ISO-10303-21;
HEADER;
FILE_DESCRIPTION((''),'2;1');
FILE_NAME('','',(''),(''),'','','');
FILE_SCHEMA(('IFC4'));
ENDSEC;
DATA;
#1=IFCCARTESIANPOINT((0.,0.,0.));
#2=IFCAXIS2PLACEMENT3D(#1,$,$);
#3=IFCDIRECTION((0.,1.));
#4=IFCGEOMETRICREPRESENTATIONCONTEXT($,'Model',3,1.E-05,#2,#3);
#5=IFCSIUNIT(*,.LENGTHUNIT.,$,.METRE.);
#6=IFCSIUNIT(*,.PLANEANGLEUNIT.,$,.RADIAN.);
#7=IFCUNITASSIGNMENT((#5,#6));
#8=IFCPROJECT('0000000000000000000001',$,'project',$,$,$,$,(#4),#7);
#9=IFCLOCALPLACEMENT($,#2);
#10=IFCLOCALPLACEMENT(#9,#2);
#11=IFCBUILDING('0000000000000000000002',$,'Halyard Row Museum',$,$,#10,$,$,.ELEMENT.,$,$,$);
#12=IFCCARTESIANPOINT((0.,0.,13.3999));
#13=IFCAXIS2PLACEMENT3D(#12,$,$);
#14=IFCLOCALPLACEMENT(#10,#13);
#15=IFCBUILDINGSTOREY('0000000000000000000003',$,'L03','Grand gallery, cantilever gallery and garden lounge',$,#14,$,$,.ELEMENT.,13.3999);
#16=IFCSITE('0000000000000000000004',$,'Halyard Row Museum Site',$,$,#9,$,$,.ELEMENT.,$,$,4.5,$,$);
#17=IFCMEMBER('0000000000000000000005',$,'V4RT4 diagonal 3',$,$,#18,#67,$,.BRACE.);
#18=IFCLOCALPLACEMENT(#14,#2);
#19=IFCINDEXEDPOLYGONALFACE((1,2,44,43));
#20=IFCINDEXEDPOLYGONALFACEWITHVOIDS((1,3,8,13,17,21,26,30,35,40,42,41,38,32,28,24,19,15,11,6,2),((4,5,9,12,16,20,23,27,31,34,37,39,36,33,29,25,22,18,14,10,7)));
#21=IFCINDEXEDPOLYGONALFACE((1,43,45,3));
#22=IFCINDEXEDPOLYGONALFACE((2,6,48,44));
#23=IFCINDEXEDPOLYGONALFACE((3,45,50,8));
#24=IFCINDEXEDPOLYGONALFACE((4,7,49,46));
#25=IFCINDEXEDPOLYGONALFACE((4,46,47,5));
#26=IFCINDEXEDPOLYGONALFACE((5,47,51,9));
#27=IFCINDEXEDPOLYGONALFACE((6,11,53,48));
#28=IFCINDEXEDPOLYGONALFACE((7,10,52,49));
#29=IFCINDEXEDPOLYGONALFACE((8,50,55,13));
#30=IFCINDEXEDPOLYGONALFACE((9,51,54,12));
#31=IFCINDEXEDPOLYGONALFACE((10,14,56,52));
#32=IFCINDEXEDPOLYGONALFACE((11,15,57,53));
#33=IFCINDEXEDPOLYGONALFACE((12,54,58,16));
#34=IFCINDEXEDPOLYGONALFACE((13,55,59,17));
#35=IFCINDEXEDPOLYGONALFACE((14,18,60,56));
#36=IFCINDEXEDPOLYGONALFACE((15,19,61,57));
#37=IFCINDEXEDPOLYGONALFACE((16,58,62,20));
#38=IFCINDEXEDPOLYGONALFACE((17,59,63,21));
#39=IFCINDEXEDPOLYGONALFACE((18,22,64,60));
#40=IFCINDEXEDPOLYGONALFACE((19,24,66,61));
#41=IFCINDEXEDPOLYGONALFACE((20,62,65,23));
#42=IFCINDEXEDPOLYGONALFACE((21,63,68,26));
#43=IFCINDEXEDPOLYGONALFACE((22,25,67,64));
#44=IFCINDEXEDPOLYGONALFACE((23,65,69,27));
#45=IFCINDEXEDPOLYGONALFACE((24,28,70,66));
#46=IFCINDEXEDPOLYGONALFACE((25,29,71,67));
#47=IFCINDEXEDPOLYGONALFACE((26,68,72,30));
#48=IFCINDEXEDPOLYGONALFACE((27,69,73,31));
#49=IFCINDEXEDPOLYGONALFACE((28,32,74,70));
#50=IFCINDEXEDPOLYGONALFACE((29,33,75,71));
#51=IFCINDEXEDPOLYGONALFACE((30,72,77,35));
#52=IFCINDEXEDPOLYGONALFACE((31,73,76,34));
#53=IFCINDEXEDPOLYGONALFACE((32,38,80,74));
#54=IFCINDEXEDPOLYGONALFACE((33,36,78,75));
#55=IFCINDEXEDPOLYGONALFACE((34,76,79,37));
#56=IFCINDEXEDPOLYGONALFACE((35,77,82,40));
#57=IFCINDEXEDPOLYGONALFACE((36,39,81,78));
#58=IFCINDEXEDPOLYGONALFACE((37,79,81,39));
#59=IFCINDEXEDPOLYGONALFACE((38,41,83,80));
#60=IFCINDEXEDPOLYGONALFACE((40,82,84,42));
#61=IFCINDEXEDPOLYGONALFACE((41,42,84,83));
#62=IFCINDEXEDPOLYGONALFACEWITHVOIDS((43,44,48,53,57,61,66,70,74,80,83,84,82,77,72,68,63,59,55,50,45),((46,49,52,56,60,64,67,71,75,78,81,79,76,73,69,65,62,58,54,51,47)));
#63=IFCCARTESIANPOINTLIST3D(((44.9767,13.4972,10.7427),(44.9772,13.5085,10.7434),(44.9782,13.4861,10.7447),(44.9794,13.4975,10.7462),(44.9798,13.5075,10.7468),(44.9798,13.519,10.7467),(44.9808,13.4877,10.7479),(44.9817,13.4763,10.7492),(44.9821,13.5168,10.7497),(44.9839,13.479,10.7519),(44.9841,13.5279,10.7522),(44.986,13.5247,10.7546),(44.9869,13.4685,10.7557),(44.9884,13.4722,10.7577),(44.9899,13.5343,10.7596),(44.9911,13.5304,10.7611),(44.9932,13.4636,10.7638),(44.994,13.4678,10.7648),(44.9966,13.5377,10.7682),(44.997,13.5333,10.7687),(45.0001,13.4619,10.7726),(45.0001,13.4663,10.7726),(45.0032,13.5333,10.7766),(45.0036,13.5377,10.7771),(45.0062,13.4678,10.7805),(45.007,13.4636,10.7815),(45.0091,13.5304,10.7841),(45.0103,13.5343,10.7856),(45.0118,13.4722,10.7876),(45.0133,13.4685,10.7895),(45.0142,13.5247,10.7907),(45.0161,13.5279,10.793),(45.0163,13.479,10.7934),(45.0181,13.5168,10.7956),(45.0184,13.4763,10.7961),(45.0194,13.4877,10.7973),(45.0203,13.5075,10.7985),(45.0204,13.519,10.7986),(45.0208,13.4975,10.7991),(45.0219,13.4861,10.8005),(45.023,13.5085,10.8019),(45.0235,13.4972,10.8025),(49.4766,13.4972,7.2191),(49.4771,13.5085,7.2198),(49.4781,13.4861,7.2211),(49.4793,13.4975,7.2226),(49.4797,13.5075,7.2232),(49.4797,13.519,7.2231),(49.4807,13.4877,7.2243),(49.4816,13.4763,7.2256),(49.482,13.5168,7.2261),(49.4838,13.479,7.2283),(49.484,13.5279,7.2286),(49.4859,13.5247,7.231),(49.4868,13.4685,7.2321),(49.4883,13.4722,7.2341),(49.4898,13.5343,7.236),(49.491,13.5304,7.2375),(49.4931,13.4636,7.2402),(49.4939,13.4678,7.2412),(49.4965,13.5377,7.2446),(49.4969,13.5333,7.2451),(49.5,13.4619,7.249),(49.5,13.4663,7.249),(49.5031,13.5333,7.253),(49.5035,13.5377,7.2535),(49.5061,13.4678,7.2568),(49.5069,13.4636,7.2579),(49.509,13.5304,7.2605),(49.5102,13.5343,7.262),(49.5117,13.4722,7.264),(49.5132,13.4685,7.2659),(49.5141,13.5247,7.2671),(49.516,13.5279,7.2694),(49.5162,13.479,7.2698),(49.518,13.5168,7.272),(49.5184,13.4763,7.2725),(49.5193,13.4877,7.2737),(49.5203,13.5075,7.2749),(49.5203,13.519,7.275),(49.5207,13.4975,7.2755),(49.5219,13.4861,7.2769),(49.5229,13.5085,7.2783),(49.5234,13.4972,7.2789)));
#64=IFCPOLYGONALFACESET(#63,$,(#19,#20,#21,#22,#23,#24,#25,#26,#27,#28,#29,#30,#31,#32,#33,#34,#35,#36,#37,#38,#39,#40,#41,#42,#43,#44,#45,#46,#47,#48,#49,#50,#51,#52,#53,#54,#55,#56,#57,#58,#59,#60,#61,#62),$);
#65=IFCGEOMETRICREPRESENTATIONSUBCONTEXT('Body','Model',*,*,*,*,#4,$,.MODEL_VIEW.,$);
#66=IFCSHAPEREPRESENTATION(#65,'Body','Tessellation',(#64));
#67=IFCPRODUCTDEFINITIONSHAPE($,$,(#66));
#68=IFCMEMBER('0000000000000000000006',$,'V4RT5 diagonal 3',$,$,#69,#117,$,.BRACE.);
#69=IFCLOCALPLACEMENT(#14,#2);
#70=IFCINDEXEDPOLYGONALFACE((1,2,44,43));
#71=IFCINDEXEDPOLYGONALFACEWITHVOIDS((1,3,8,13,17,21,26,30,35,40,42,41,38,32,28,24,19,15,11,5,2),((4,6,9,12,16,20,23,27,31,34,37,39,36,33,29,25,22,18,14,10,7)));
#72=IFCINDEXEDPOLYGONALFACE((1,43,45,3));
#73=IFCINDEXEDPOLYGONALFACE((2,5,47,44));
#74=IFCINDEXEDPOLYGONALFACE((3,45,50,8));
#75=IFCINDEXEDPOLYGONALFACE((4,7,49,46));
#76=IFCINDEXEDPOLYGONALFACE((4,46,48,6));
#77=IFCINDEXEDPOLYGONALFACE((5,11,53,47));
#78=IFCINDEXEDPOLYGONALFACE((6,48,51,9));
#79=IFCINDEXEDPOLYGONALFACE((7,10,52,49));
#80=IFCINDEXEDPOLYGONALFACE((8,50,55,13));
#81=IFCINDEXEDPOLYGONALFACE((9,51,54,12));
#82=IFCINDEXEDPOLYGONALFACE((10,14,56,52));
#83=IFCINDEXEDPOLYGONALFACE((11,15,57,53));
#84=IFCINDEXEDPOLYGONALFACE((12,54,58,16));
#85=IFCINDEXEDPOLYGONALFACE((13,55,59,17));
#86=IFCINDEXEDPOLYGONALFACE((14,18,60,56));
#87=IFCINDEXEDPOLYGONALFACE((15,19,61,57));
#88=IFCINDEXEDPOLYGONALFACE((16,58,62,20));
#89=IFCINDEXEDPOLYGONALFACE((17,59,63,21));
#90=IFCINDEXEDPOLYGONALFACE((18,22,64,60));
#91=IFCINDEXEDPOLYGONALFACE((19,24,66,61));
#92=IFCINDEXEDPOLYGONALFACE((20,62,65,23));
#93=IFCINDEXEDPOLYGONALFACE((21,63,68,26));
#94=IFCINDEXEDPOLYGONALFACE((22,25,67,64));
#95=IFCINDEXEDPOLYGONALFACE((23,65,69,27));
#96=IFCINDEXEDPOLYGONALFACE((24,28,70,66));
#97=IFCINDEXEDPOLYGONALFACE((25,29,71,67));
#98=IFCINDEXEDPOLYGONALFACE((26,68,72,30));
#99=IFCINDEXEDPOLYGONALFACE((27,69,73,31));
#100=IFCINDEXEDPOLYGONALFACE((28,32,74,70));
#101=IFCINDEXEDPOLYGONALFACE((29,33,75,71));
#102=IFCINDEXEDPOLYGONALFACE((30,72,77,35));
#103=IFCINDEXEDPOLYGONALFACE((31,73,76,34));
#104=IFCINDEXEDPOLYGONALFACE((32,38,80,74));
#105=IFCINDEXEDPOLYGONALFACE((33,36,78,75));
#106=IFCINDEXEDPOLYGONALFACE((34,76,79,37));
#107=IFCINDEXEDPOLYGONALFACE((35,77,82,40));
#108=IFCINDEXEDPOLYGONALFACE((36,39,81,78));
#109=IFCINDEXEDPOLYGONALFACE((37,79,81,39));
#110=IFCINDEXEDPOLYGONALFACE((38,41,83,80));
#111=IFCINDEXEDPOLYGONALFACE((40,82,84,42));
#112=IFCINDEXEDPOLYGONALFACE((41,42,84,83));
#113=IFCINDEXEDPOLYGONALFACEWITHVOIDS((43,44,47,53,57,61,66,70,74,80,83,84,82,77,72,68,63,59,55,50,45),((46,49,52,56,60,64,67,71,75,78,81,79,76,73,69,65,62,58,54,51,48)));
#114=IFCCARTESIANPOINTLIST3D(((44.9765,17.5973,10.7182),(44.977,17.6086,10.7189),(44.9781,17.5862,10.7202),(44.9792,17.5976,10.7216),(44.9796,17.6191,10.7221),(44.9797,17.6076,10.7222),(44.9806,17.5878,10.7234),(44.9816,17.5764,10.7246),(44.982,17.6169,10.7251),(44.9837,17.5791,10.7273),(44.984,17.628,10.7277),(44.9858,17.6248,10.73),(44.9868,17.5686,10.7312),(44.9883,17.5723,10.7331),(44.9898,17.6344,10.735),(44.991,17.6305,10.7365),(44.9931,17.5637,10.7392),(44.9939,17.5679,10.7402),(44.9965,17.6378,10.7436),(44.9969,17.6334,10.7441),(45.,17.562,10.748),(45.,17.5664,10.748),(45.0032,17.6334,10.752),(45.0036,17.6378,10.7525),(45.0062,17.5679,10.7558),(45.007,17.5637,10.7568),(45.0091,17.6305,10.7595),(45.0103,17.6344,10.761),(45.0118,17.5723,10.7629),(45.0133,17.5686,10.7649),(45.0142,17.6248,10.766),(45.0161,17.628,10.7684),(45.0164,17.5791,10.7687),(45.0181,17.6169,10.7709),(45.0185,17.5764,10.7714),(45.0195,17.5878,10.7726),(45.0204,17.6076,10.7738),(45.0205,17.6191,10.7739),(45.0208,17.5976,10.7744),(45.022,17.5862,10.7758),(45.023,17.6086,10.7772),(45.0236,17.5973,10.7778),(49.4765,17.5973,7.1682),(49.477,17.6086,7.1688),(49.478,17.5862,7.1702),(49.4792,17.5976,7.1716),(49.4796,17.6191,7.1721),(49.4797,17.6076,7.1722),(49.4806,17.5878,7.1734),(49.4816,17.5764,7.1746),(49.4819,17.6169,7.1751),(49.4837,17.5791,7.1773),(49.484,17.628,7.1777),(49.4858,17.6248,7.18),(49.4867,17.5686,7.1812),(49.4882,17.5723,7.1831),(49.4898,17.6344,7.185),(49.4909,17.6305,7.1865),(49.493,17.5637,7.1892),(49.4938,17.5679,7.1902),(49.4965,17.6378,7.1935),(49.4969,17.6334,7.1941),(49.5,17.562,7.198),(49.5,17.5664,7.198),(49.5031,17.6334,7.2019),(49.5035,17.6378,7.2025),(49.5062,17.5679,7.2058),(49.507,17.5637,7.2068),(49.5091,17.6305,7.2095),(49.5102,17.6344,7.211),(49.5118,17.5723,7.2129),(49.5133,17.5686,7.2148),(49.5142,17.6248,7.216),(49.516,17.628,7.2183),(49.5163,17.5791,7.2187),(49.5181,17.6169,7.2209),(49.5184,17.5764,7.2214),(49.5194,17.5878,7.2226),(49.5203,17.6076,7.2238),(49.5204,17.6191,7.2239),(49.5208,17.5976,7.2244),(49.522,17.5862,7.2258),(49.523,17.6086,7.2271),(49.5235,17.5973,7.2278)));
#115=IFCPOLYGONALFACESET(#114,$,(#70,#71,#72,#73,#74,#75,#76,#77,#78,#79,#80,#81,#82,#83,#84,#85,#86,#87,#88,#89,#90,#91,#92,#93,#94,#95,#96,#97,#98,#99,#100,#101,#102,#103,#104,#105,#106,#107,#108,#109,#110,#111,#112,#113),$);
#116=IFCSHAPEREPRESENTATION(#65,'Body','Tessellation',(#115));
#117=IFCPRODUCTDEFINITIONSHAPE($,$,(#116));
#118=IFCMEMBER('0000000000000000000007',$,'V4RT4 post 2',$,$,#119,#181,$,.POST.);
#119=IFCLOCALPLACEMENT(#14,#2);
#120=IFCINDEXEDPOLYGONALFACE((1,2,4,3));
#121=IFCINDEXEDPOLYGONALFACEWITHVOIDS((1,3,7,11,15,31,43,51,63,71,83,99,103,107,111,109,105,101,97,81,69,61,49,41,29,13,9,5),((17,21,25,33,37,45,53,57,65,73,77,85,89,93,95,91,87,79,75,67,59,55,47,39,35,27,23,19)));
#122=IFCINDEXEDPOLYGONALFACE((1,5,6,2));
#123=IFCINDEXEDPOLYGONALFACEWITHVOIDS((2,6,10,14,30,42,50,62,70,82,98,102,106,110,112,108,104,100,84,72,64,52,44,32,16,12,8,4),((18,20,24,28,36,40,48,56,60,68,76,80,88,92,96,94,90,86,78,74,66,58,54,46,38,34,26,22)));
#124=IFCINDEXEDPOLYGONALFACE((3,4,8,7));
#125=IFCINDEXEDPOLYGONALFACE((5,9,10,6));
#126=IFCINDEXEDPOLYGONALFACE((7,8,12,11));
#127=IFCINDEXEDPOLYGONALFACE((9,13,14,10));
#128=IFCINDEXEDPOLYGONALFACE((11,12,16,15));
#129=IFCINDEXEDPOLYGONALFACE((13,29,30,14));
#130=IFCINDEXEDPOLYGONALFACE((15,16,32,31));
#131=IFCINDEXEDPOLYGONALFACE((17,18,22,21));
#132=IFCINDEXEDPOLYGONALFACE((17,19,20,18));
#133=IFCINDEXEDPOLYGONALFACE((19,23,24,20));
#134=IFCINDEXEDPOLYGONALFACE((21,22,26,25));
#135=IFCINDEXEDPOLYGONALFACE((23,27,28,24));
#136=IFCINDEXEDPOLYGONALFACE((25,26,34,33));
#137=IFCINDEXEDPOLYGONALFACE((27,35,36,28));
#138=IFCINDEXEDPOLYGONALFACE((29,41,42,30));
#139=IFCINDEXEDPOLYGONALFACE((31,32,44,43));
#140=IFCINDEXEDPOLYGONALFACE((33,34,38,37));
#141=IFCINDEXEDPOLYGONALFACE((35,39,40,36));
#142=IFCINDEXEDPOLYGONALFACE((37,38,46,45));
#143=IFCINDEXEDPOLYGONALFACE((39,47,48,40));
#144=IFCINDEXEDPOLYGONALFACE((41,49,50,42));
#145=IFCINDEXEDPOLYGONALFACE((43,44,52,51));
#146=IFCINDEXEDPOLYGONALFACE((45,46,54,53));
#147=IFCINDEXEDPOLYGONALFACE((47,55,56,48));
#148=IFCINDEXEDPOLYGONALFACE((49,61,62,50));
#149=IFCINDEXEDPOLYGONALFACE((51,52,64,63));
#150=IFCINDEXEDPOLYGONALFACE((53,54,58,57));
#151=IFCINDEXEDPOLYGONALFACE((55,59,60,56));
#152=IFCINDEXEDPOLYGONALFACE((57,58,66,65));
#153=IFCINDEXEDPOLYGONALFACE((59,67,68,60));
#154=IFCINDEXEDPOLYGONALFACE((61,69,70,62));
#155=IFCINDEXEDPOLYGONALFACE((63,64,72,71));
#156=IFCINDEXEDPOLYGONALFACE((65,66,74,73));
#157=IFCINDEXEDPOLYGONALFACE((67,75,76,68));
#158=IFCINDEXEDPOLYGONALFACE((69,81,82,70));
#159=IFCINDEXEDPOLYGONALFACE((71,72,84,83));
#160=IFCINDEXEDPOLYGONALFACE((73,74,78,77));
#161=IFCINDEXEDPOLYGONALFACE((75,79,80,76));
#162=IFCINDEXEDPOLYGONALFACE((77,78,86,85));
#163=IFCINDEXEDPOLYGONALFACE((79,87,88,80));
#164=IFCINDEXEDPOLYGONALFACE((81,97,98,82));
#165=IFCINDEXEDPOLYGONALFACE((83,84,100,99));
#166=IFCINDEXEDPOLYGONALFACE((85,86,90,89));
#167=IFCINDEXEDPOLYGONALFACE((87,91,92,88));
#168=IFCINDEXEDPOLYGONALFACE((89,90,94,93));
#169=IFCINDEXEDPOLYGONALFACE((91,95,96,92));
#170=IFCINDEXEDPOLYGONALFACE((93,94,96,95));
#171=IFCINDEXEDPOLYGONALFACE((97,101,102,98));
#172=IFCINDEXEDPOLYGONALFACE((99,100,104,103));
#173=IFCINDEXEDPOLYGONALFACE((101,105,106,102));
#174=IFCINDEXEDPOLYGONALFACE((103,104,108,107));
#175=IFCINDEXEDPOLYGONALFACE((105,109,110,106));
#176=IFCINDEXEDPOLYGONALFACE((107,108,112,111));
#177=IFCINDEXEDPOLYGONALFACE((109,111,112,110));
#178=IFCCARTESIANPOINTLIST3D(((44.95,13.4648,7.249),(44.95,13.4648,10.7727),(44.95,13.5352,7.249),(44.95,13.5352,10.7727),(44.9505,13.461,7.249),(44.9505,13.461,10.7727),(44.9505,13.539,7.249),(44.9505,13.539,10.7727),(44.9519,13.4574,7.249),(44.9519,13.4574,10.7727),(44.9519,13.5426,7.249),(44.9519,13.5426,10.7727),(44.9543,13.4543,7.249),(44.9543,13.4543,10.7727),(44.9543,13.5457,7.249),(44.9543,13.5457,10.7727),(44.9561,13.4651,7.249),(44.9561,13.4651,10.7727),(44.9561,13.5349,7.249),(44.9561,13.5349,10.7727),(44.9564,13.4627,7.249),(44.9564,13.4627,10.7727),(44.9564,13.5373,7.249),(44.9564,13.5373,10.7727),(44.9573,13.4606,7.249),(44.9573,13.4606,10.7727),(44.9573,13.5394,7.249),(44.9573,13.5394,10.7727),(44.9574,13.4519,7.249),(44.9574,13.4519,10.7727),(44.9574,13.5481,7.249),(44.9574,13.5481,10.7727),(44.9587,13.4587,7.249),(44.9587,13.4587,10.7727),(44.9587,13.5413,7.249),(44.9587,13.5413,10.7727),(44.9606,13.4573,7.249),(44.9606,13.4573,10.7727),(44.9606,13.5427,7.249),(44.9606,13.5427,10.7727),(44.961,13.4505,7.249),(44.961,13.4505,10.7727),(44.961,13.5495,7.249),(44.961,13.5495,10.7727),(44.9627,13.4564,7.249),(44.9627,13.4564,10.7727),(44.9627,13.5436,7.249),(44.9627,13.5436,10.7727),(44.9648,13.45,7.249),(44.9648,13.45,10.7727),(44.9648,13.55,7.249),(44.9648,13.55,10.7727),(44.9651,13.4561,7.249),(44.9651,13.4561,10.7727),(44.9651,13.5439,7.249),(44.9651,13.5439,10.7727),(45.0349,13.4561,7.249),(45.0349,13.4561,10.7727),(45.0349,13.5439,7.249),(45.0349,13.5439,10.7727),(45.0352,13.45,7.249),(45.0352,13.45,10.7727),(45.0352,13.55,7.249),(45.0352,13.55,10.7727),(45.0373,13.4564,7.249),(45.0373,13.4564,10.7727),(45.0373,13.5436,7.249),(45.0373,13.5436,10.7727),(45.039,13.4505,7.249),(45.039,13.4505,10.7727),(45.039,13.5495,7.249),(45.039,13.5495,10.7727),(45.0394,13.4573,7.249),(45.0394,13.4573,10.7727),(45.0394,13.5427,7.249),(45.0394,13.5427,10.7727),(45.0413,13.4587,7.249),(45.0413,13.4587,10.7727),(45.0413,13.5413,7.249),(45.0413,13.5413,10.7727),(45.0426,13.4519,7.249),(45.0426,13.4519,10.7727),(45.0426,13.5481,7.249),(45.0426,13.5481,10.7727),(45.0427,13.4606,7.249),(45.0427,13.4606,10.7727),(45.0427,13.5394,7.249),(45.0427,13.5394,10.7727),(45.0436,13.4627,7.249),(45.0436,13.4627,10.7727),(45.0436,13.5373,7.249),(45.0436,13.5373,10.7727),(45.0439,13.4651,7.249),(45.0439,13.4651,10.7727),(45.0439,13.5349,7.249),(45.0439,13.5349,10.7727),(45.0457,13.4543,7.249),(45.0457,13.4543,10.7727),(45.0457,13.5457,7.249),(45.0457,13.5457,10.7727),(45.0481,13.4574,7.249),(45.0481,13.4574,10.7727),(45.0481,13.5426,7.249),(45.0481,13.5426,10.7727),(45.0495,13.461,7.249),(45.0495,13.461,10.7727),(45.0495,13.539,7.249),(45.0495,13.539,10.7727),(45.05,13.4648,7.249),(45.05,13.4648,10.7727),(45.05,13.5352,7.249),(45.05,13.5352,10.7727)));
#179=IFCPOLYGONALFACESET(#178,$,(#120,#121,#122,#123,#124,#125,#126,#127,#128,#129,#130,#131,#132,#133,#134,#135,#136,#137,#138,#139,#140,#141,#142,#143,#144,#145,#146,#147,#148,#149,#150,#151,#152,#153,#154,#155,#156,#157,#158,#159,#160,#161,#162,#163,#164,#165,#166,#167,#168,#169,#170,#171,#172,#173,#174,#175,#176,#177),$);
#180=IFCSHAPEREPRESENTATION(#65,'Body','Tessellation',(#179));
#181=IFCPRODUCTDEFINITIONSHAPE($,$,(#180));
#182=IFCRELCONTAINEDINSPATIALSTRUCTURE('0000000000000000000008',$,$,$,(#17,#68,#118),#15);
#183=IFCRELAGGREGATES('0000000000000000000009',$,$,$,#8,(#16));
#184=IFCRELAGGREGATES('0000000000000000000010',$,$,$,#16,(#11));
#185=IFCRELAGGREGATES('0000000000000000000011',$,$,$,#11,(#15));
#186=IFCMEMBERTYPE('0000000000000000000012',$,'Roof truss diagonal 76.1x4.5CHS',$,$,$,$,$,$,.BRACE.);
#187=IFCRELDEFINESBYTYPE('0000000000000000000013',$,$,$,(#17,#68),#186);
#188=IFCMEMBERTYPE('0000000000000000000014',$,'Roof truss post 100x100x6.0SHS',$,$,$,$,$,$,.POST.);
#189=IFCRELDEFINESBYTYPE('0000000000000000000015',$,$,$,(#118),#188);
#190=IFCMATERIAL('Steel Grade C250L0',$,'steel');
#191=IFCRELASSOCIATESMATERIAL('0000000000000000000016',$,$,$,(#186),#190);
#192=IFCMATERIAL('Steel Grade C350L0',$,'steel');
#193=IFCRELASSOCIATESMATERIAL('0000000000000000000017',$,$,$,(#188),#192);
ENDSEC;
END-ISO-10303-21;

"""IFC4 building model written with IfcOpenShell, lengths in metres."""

from ifc_helpers import new_model, si_unit, direction, frame, origin, origin_2d, place, context, subcontext, project, spatial, hollow_rectangle, hollow_circle, extrude, material, material_profile, profile_set, type_object, element, save


model = new_model("IFC4")

# Units and contexts
model_context = context("Model", 3, precision=1e-05, world=origin(), true_north=direction((0.0, 1.0)))
body_context = subcontext(model_context, "Body", "Model", "MODEL_VIEW")
ifc_project = project(units=[si_unit("LENGTHUNIT", "METRE"), si_unit("PLANEANGLEUNIT", "RADIAN")], contexts=[model_context])

# Site, building, storey
site_placement = place(None, origin())
site = spatial("IfcSite", under=ifc_project, at=site_placement, Name="Halyard Row Museum Site", CompositionType="ELEMENT", RefElevation=4.5)
building_placement = place(site_placement, origin())
building = spatial("IfcBuilding", under=site, at=building_placement, Name="Halyard Row Museum", CompositionType="ELEMENT")
storey_placement = place(building_placement, frame((0.0, 0.0, 13.3999)))
storey = spatial("IfcBuildingStorey", under=building, at=storey_placement, Name="L03", Description="Grand gallery, cantilever gallery and garden lounge", CompositionType="ELEMENT", Elevation=13.3999)

# Members
ifc_material_1 = material(Name="Steel Grade C250L0", Category="steel")
ifc_material_profile_1 = material_profile(ifc_material_1, hollow_circle(Radius=0.0381, WallThickness=0.0044, at=origin_2d()), Name="76.1x4.5CHS")
ifc_profile_set_1 = profile_set([ifc_material_profile_1], Name="Steel Grade C250L0")
member_type_1 = type_object("IfcMemberType", Name="Roof truss diagonal 76.1x4.5CHS", PredefinedType="BRACE", material=ifc_profile_set_1)
member_1_placement = place(storey_placement, frame((49.5, 13.5, 7.249), z_axis=(-0.78734, 0.0, 0.616519), x_axis=(0.0, -1.0, 0.0)))
element("IfcMember", 1, at=member_1_placement, inside=storey, type_object=member_type_1, Name="V4RT4 diagonal 3", PredefinedType="BRACE", context=body_context, shape_type="SweptSolid", body=[
    extrude(hollow_circle(Radius=0.0381, WallThickness=0.0044, at=origin_2d()), origin(), (0.0, 0.0, 1.0), 5.7153),
])
member_2_placement = place(storey_placement, frame((49.5, 17.6001, 7.198), z_axis=(-0.785102, 0.0, 0.619367), x_axis=(0.0, -1.0, 0.0)))
element("IfcMember", 2, at=member_2_placement, inside=storey, type_object=member_type_1, Name="V4RT5 diagonal 3", PredefinedType="BRACE", context=body_context, shape_type="SweptSolid", body=[
    extrude(hollow_circle(Radius=0.0381, WallThickness=0.0044, at=origin_2d()), origin(), (0.0, 0.0, 1.0), 5.7317),
])
ifc_material_2 = material(Name="Steel Grade C350L0", Category="steel")
ifc_material_profile_2 = material_profile(ifc_material_2, hollow_rectangle(XDim=0.1001, YDim=0.1001, WallThickness=0.0061, InnerFilletRadius=0.009, OuterFilletRadius=0.0149, at=origin_2d()), Name="100x100x6.0SHS")
ifc_profile_set_2 = profile_set([ifc_material_profile_2], Name="Steel Grade C350L0")
member_type_2 = type_object("IfcMemberType", Name="Roof truss post 100x100x6.0SHS", PredefinedType="POST", material=ifc_profile_set_2)
member_3_placement = place(storey_placement, frame((45.0, 13.5, 7.249), z_axis=(0.0, 0.0, 1.0), x_axis=(1.0, 0.0, 0.0)))
element("IfcMember", 3, at=member_3_placement, inside=storey, type_object=member_type_2, Name="V4RT4 post 2", PredefinedType="POST", context=body_context, shape_type="SweptSolid", body=[
    extrude(hollow_rectangle(XDim=0.1001, YDim=0.1001, WallThickness=0.0061, InnerFilletRadius=0.009, OuterFilletRadius=0.0149, at=origin_2d()), origin(), (0.0, 0.0, 1.0), 3.5237),
])

save(model, "model.ifc")
